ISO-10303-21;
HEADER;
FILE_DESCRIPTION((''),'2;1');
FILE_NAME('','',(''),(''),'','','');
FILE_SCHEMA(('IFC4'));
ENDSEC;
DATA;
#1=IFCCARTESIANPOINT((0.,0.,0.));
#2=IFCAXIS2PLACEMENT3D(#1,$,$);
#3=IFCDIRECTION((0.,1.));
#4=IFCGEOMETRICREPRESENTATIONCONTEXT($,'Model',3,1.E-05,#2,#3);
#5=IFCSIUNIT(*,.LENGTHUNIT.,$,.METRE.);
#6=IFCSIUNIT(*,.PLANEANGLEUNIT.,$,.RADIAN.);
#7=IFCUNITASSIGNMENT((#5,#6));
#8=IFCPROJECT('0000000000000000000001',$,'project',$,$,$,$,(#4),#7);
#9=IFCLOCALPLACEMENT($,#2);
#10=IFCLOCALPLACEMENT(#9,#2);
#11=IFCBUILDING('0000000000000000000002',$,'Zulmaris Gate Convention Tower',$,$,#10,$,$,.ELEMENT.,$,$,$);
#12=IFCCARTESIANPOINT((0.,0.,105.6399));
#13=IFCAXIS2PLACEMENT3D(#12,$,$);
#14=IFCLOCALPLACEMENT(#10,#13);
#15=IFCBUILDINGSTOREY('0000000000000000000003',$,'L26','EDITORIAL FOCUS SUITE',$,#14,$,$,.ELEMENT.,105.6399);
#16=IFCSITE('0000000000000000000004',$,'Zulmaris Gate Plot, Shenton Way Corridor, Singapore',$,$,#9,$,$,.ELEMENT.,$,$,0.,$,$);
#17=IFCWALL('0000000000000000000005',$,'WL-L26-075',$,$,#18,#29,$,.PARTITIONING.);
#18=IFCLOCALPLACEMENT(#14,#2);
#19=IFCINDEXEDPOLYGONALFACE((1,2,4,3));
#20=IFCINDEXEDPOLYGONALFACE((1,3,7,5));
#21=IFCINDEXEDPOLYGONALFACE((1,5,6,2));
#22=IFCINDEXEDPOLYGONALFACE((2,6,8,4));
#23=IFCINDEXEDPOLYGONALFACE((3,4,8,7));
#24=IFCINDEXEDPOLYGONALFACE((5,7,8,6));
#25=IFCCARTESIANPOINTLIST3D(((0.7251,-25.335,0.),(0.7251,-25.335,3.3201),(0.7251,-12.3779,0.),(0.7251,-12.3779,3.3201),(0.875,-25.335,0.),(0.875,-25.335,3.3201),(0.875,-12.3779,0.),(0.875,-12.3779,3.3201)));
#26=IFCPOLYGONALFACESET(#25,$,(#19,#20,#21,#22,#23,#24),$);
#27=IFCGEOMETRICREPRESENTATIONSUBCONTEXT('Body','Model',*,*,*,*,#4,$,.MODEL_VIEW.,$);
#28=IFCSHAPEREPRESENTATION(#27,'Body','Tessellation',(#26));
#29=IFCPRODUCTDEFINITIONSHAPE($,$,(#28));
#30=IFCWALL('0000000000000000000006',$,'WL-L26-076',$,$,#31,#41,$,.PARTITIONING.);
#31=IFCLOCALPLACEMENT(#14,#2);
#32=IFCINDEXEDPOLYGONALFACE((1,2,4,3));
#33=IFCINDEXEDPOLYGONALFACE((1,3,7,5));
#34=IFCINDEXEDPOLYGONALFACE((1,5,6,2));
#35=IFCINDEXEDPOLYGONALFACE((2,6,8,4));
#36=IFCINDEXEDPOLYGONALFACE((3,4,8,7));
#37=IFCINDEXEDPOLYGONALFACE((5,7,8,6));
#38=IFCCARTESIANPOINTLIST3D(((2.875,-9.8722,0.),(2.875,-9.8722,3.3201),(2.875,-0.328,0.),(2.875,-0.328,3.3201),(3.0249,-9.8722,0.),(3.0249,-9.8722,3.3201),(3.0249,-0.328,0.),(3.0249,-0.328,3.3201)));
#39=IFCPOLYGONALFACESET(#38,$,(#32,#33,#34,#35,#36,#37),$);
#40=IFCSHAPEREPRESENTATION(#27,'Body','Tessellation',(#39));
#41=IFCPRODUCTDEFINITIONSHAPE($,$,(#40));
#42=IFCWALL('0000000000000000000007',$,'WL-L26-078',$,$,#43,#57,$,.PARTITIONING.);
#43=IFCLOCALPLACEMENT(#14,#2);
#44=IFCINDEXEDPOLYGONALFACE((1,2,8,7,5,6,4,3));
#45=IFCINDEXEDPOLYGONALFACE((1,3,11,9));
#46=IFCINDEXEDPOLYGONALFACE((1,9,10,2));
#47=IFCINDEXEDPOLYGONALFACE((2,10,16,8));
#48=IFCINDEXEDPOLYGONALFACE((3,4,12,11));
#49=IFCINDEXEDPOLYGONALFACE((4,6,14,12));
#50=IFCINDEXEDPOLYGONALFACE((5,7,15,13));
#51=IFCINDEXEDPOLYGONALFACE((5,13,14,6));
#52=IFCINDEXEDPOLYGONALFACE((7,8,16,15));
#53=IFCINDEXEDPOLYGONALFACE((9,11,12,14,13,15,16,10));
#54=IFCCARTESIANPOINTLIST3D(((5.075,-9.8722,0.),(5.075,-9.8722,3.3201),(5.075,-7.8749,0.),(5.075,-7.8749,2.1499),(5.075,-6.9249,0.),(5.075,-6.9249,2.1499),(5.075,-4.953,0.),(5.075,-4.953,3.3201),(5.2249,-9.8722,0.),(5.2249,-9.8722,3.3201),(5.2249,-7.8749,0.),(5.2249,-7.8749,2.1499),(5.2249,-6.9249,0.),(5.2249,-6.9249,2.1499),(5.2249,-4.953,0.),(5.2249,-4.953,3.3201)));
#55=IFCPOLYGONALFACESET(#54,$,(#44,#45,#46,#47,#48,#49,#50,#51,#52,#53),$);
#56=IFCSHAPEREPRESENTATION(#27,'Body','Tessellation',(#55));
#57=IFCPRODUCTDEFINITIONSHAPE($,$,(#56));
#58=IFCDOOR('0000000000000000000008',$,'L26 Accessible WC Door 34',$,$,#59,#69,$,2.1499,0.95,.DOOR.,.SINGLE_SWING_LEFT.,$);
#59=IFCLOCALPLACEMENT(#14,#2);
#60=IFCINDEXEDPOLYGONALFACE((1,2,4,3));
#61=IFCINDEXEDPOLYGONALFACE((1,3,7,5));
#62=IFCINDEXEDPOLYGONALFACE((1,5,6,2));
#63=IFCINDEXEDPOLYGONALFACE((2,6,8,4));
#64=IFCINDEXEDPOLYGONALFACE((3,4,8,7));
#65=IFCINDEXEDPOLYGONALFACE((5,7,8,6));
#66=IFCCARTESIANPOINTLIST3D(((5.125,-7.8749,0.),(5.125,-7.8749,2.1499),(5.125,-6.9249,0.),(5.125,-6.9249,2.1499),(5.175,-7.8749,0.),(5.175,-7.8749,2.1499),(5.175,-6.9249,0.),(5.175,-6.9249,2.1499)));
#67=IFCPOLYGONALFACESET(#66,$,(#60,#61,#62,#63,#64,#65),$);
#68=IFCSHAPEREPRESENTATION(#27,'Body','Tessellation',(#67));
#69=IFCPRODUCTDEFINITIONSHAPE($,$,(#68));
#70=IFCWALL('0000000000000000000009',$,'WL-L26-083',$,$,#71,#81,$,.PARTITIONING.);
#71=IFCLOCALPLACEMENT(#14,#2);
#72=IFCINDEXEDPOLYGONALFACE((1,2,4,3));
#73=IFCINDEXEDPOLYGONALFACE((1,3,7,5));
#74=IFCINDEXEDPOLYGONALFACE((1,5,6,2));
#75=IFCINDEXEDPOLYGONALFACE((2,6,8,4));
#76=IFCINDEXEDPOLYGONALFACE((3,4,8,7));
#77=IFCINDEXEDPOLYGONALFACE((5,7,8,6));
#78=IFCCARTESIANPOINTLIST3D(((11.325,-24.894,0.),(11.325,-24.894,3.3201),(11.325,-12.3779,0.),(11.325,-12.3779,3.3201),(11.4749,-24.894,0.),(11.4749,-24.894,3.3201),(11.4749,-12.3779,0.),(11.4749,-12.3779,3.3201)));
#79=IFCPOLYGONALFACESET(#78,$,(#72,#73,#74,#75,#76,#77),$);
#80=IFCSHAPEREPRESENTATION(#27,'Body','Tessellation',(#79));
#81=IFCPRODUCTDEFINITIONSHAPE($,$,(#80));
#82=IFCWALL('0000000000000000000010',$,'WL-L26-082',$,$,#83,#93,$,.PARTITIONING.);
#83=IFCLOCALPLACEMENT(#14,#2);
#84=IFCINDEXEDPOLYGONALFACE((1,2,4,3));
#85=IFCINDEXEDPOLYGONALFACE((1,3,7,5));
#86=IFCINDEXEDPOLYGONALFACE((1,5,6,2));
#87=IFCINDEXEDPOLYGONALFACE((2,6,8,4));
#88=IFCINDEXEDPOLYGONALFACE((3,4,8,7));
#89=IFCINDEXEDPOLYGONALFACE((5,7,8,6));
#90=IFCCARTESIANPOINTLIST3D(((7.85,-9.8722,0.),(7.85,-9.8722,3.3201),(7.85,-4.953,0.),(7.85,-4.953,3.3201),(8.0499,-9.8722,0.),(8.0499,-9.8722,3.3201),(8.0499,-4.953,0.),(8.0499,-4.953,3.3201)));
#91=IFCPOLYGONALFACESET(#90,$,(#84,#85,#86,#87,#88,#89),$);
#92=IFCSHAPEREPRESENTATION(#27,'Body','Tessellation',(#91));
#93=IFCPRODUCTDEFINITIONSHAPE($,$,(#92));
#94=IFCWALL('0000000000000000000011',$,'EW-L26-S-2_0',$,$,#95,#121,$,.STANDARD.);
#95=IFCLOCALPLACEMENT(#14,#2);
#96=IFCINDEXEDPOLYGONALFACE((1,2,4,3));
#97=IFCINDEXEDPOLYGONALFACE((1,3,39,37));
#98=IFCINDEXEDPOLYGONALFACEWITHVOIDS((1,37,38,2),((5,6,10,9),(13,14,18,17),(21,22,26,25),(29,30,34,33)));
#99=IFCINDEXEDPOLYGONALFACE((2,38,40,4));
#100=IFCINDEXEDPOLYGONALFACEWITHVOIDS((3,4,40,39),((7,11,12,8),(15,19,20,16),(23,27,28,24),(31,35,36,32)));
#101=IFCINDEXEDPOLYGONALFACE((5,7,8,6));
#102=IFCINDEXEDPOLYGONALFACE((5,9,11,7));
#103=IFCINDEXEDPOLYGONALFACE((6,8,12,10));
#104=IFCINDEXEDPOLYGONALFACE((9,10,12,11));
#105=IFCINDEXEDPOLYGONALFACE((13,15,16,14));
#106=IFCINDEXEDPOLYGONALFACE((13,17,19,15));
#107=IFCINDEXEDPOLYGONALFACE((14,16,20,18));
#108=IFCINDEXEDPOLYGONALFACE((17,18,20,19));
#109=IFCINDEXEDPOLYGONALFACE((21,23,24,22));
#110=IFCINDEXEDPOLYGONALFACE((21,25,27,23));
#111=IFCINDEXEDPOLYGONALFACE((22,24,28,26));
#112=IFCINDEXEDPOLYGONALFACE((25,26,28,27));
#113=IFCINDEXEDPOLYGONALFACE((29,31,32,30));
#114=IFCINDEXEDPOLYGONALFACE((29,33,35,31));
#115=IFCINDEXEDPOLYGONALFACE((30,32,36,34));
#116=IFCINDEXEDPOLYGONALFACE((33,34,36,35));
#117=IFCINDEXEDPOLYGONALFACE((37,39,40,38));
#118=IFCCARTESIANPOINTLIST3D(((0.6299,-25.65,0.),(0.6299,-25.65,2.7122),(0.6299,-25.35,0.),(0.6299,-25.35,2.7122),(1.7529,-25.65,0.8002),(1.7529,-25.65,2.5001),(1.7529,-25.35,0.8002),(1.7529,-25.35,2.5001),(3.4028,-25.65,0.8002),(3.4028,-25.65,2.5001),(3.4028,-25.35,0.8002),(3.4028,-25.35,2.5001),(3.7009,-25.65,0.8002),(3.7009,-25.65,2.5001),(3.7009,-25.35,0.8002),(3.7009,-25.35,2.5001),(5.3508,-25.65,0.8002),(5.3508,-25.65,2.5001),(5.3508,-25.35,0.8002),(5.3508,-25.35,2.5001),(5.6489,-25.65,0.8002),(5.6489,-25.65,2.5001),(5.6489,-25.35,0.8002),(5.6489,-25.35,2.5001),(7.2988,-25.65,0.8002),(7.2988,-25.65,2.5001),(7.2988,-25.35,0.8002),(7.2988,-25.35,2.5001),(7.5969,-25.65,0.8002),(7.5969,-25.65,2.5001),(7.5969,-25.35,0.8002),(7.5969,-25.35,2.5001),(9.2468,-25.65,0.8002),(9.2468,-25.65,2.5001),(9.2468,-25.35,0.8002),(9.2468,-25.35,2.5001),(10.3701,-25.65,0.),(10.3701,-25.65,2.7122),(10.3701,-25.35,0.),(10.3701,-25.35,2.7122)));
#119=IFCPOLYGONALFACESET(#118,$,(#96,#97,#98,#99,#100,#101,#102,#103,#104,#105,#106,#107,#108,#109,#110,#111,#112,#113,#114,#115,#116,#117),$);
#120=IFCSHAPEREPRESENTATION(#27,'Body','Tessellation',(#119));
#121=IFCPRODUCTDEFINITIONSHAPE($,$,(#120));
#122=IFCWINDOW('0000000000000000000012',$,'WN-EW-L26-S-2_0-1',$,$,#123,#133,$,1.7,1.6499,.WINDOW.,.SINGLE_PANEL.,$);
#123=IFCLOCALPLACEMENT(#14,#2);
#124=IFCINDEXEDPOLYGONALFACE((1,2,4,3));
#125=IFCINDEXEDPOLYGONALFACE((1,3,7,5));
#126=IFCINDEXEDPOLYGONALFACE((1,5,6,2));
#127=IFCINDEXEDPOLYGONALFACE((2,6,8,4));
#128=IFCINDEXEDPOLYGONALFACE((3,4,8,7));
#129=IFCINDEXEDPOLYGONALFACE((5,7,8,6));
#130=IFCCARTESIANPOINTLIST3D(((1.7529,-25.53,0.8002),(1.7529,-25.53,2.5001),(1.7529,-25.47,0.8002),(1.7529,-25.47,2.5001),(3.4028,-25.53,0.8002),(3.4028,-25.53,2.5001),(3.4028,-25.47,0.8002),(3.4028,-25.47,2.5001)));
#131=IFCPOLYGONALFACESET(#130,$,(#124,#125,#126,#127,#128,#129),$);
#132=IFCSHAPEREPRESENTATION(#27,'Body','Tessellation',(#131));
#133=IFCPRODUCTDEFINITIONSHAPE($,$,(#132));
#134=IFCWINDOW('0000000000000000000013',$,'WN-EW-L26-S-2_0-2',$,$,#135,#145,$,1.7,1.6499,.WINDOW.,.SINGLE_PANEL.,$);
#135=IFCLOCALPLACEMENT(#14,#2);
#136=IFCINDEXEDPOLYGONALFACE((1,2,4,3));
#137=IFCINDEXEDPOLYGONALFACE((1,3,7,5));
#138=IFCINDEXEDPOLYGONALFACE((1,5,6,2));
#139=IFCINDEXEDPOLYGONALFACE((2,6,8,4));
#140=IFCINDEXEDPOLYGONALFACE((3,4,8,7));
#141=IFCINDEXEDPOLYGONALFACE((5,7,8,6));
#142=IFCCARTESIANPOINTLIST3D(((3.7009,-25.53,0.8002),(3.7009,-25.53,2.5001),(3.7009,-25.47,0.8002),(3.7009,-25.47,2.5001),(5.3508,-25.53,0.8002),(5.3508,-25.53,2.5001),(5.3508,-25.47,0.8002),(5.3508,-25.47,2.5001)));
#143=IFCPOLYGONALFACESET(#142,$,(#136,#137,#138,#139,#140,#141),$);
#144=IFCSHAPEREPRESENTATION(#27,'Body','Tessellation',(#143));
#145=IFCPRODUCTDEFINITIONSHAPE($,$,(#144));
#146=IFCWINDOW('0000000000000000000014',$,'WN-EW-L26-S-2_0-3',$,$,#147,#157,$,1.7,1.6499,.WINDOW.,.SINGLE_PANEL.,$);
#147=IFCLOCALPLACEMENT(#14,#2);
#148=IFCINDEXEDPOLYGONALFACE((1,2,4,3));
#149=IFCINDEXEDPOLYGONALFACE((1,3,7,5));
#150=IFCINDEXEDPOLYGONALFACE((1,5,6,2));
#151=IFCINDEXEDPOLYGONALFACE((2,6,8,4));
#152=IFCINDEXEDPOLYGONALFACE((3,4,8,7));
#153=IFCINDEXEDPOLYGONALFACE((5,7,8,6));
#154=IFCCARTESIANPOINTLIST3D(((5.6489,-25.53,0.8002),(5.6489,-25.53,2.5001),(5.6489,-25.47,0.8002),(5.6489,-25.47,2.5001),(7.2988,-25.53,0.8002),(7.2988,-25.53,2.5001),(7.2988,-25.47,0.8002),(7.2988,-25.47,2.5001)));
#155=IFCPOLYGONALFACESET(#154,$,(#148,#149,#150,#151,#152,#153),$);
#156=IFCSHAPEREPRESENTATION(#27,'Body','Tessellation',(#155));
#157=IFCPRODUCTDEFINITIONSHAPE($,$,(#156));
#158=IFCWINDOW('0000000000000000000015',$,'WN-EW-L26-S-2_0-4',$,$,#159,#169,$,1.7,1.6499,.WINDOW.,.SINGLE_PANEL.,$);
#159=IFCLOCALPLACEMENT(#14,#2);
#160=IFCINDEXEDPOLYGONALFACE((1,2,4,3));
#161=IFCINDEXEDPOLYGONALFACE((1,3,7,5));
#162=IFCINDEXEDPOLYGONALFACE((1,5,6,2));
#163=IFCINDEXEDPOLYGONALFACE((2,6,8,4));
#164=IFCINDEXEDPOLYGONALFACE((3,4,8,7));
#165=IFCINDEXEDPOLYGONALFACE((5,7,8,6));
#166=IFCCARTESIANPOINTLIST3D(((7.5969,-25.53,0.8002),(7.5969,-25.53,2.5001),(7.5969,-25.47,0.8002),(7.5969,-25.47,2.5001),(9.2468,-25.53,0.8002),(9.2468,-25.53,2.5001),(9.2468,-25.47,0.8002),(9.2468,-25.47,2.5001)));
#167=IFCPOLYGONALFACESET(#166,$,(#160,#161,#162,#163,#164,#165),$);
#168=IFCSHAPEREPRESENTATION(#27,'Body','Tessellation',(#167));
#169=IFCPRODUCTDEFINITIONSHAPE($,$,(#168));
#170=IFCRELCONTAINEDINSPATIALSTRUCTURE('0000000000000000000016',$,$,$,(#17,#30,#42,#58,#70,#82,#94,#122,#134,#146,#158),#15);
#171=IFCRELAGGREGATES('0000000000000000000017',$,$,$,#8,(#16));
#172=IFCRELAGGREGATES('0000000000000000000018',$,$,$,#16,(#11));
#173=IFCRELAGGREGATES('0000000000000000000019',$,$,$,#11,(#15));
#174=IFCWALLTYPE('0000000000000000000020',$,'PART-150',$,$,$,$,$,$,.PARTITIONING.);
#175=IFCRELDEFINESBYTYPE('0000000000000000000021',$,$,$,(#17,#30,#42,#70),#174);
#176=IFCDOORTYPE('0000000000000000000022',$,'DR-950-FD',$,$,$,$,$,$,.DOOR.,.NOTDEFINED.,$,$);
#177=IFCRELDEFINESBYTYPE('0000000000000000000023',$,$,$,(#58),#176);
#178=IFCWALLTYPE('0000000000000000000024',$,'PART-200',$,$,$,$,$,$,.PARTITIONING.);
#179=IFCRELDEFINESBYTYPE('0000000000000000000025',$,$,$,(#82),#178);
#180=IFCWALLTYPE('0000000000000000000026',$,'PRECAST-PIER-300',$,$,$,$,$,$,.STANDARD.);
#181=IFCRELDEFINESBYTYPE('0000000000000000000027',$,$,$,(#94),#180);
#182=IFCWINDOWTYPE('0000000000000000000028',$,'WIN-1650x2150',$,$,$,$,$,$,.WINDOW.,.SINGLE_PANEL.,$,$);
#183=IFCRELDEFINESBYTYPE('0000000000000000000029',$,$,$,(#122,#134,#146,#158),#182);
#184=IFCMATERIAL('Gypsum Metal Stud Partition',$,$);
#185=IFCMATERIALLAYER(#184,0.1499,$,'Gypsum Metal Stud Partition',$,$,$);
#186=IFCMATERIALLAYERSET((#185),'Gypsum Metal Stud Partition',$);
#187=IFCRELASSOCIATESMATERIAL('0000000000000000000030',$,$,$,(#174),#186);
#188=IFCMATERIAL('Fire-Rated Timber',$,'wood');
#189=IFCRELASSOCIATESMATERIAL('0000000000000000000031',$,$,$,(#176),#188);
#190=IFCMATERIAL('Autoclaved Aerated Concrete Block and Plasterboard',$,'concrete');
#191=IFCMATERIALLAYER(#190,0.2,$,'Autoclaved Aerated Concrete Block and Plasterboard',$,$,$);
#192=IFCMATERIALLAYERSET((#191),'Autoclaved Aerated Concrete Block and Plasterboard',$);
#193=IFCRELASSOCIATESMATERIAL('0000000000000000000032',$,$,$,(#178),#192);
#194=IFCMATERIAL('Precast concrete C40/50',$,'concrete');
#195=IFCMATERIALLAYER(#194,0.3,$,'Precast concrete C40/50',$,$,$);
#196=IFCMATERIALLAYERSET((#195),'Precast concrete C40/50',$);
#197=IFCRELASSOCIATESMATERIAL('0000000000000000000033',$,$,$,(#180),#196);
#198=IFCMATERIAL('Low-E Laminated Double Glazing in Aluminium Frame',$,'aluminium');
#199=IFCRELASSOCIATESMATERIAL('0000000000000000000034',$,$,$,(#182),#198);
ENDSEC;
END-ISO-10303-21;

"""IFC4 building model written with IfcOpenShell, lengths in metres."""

from ifc_helpers import new_model, si_unit, direction, frame, frame_2d, origin, place, context, subcontext, project, spatial, rectangle, extrude, material, layer, layer_set, type_object, element, fill, save


model = new_model("IFC4")

# Units and contexts
model_context = context("Model", 3, precision=1e-05, world=origin(), true_north=direction((0.0, 1.0)))
body_context = subcontext(model_context, "Body", "Model", "MODEL_VIEW")
ifc_project = project(units=[si_unit("LENGTHUNIT", "METRE"), si_unit("PLANEANGLEUNIT", "RADIAN")], contexts=[model_context])

# Site, building, storey
site_placement = place(None, origin())
site = spatial("IfcSite", under=ifc_project, at=site_placement, Name="Zulmaris Gate Plot, Shenton Way Corridor, Singapore", CompositionType="ELEMENT", RefElevation=0.0)
building_placement = place(site_placement, origin())
building = spatial("IfcBuilding", under=site, at=building_placement, Name="Zulmaris Gate Convention Tower", CompositionType="ELEMENT")
storey_placement = place(building_placement, frame((0.0, 0.0, 105.6399)))
storey = spatial("IfcBuildingStorey", under=building, at=storey_placement, Name="L26", Description="EDITORIAL FOCUS SUITE", CompositionType="ELEMENT", Elevation=105.6399)

# Walls
ifc_material_1 = material(Name="Gypsum Metal Stud Partition")
ifc_layer_1 = layer(ifc_material_1, 0.1499, Name="Gypsum Metal Stud Partition")
ifc_layer_set_1 = layer_set([ifc_layer_1], Name="Gypsum Metal Stud Partition")
wall_type_1 = type_object("IfcWallType", Name="PART-150", PredefinedType="PARTITIONING", material=ifc_layer_set_1)
wall_1_placement = place(storey_placement, frame((0.8, -25.335, 0.0), z_axis=(0.0, 0.0, 1.0), x_axis=(0.0, 1.0, 0.0)))
element("IfcWall", 1, at=wall_1_placement, inside=storey, type_object=wall_type_1, Name="WL-L26-075", PredefinedType="PARTITIONING", context=body_context, shape_type="SweptSolid", body=[
    extrude(rectangle(XDim=12.957, YDim=0.1499, at=frame_2d((6.4785, 0.0))), origin(), (0.0, 0.0, 1.0), 3.3201),
])
wall_2_placement = place(storey_placement, frame((2.95, -9.8721, 0.0), z_axis=(0.0, 0.0, 1.0), x_axis=(0.0, 1.0, 0.0)))
element("IfcWall", 2, at=wall_2_placement, inside=storey, type_object=wall_type_1, Name="WL-L26-076", PredefinedType="PARTITIONING", context=body_context, shape_type="SweptSolid", body=[
    extrude(rectangle(XDim=9.5442, YDim=0.1499, at=frame_2d((4.772, 0.0))), origin(), (0.0, 0.0, 1.0), 3.3201),
])

# Wall, opening, door
wall_3_placement = place(storey_placement, frame((5.1499, -9.8721, 0.0), z_axis=(0.0, 0.0, 1.0), x_axis=(0.0, 1.0, 0.0)))
wall_3 = element("IfcWall", 3, at=wall_3_placement, inside=storey, type_object=wall_type_1, Name="WL-L26-078", PredefinedType="PARTITIONING", context=body_context, shape_type="SweptSolid", body=[
    extrude(rectangle(XDim=4.9192, YDim=0.1499, at=frame_2d((2.4595, 0.0))), origin(), (0.0, 0.0, 1.0), 3.3201),
])
opening_1_placement = place(wall_3_placement, frame((1.9971, 0.0, 0.0)))
opening_1 = element("IfcOpeningElement", 4, at=opening_1_placement, cuts=wall_3, PredefinedType="OPENING", context=body_context, shape_type="SweptSolid", body=[
    extrude(rectangle(XDim=0.95, YDim=2.1499, at=frame_2d((0.4751, 1.075))), frame((0.0, 0.085, 0.0), z_axis=(0.0, -1.0, 0.0), x_axis=(1.0, 0.0, 0.0)), (0.0, 0.0, 1.0), 0.1699),
])
ifc_material_2 = material(Name="Fire-Rated Timber", Category="wood")
door_type = type_object("IfcDoorType", Name="DR-950-FD", OperationType="NOTDEFINED", PredefinedType="DOOR", material=ifc_material_2)
door_placement = place(opening_1_placement, origin())
door = element("IfcDoor", 5, at=door_placement, inside=storey, type_object=door_type, Name="L26 Accessible WC Door 34", OperationType="SINGLE_SWING_LEFT", OverallHeight=2.1499, OverallWidth=0.95, PredefinedType="DOOR", context=body_context, shape_type="SweptSolid", body=[
    extrude(rectangle(XDim=0.95, YDim=2.1499, at=frame_2d((0.4751, 1.075))), frame((0.0, 0.0249, 0.0), z_axis=(0.0, -1.0, 0.0), x_axis=(1.0, 0.0, 0.0)), (0.0, 0.0, 1.0), 0.05),
])
fill(opening_1, door)

# Walls
wall_4_placement = place(storey_placement, frame((11.3999, -24.894, 0.0), z_axis=(0.0, 0.0, 1.0), x_axis=(0.0, 1.0, 0.0)))
element("IfcWall", 6, at=wall_4_placement, inside=storey, type_object=wall_type_1, Name="WL-L26-083", PredefinedType="PARTITIONING", context=body_context, shape_type="SweptSolid", body=[
    extrude(rectangle(XDim=12.5161, YDim=0.1499, at=frame_2d((6.2581, 0.0))), origin(), (0.0, 0.0, 1.0), 3.3201),
])
ifc_material_3 = material(Name="Autoclaved Aerated Concrete Block and Plasterboard", Category="concrete")
ifc_layer_2 = layer(ifc_material_3, 0.2, Name="Autoclaved Aerated Concrete Block and Plasterboard")
ifc_layer_set_2 = layer_set([ifc_layer_2], Name="Autoclaved Aerated Concrete Block and Plasterboard")
wall_type_2 = type_object("IfcWallType", Name="PART-200", PredefinedType="PARTITIONING", material=ifc_layer_set_2)
wall_5_placement = place(storey_placement, frame((7.95, -9.8721, 0.0), z_axis=(0.0, 0.0, 1.0), x_axis=(0.0, 1.0, 0.0)))
element("IfcWall", 7, at=wall_5_placement, inside=storey, type_object=wall_type_2, Name="WL-L26-082", PredefinedType="PARTITIONING", context=body_context, shape_type="SweptSolid", body=[
    extrude(rectangle(XDim=4.9192, YDim=0.2, at=frame_2d((2.4595, 0.0))), origin(), (0.0, 0.0, 1.0), 3.3201),
])

# Wall, openings, windows
ifc_material_4 = material(Name="Precast concrete C40/50", Category="concrete")
ifc_layer_3 = layer(ifc_material_4, 0.3, Name="Precast concrete C40/50")
ifc_layer_set_3 = layer_set([ifc_layer_3], Name="Precast concrete C40/50")
wall_type_3 = type_object("IfcWallType", Name="PRECAST-PIER-300", PredefinedType="STANDARD", material=ifc_layer_set_3)
wall_6_placement = place(storey_placement, frame((0.6299, -25.5, 0.0), z_axis=(0.0, 0.0, 1.0), x_axis=(1.0, 0.0, 0.0)))
wall_6 = element("IfcWall", 8, at=wall_6_placement, inside=storey, type_object=wall_type_3, Name="EW-L26-S-2_0", PredefinedType="STANDARD", context=body_context, shape_type="SweptSolid", body=[
    extrude(rectangle(XDim=9.7402, YDim=0.3, at=frame_2d((4.8701, 0.0))), origin(), (0.0, 0.0, 1.0), 2.7122),
])
opening_2_placement = place(wall_6_placement, frame((1.123, 0.0, 0.8)))
opening_2 = element("IfcOpeningElement", 9, at=opening_2_placement, cuts=wall_6, PredefinedType="OPENING", context=body_context, shape_type="SweptSolid", body=[
    extrude(rectangle(XDim=1.6499, YDim=1.7, at=frame_2d((0.825, 0.8501))), frame((0.0, 0.1602, 0.0), z_axis=(0.0, -1.0, 0.0), x_axis=(1.0, 0.0, 0.0)), (0.0, 0.0, 1.0), 0.3201),
])
opening_3_placement = place(wall_6_placement, frame((3.071, 0.0, 0.8)))
opening_3 = element("IfcOpeningElement", 10, at=opening_3_placement, cuts=wall_6, PredefinedType="OPENING", context=body_context, shape_type="SweptSolid", body=[
    extrude(rectangle(XDim=1.6499, YDim=1.7, at=frame_2d((0.825, 0.8501))), frame((0.0, 0.1602, 0.0), z_axis=(0.0, -1.0, 0.0), x_axis=(1.0, 0.0, 0.0)), (0.0, 0.0, 1.0), 0.3201),
])
opening_4_placement = place(wall_6_placement, frame((5.019, 0.0, 0.8)))
opening_4 = element("IfcOpeningElement", 11, at=opening_4_placement, cuts=wall_6, PredefinedType="OPENING", context=body_context, shape_type="SweptSolid", body=[
    extrude(rectangle(XDim=1.6499, YDim=1.7, at=frame_2d((0.825, 0.8501))), frame((0.0, 0.1602, 0.0), z_axis=(0.0, -1.0, 0.0), x_axis=(1.0, 0.0, 0.0)), (0.0, 0.0, 1.0), 0.3201),
])
opening_5_placement = place(wall_6_placement, frame((6.967, 0.0, 0.8)))
opening_5 = element("IfcOpeningElement", 12, at=opening_5_placement, cuts=wall_6, PredefinedType="OPENING", context=body_context, shape_type="SweptSolid", body=[
    extrude(rectangle(XDim=1.6499, YDim=1.7, at=frame_2d((0.825, 0.8501))), frame((0.0, 0.1602, 0.0), z_axis=(0.0, -1.0, 0.0), x_axis=(1.0, 0.0, 0.0)), (0.0, 0.0, 1.0), 0.3201),
])
ifc_material_5 = material(Name="Low-E Laminated Double Glazing in Aluminium Frame", Category="aluminium")
window_type = type_object("IfcWindowType", Name="WIN-1650x2150", PartitioningType="SINGLE_PANEL", PredefinedType="WINDOW", material=ifc_material_5)
window_1_placement = place(opening_2_placement, origin())
window_1 = element("IfcWindow", 13, at=window_1_placement, inside=storey, type_object=window_type, Name="WN-EW-L26-S-2_0-1", OverallHeight=1.7, OverallWidth=1.6499, PartitioningType="SINGLE_PANEL", PredefinedType="WINDOW", context=body_context, shape_type="SweptSolid", body=[
    extrude(rectangle(XDim=1.6499, YDim=1.7, at=frame_2d((0.825, 0.8501))), frame((0.0, 0.03, 0.0), z_axis=(0.0, -1.0, 0.0), x_axis=(1.0, 0.0, 0.0)), (0.0, 0.0, 1.0), 0.0601),
])
fill(opening_2, window_1)
window_2_placement = place(opening_3_placement, origin())
window_2 = element("IfcWindow", 14, at=window_2_placement, inside=storey, type_object=window_type, Name="WN-EW-L26-S-2_0-2", OverallHeight=1.7, OverallWidth=1.6499, PartitioningType="SINGLE_PANEL", PredefinedType="WINDOW", context=body_context, shape_type="SweptSolid", body=[
    extrude(rectangle(XDim=1.6499, YDim=1.7, at=frame_2d((0.825, 0.8501))), frame((0.0, 0.03, 0.0), z_axis=(0.0, -1.0, 0.0), x_axis=(1.0, 0.0, 0.0)), (0.0, 0.0, 1.0), 0.0601),
])
fill(opening_3, window_2)
window_3_placement = place(opening_4_placement, origin())
window_3 = element("IfcWindow", 15, at=window_3_placement, inside=storey, type_object=window_type, Name="WN-EW-L26-S-2_0-3", OverallHeight=1.7, OverallWidth=1.6499, PartitioningType="SINGLE_PANEL", PredefinedType="WINDOW", context=body_context, shape_type="SweptSolid", body=[
    extrude(rectangle(XDim=1.6499, YDim=1.7, at=frame_2d((0.825, 0.8501))), frame((0.0, 0.03, 0.0), z_axis=(0.0, -1.0, 0.0), x_axis=(1.0, 0.0, 0.0)), (0.0, 0.0, 1.0), 0.0601),
])
fill(opening_4, window_3)
window_4_placement = place(opening_5_placement, origin())
window_4 = element("IfcWindow", 16, at=window_4_placement, inside=storey, type_object=window_type, Name="WN-EW-L26-S-2_0-4", OverallHeight=1.7, OverallWidth=1.6499, PartitioningType="SINGLE_PANEL", PredefinedType="WINDOW", context=body_context, shape_type="SweptSolid", body=[
    extrude(rectangle(XDim=1.6499, YDim=1.7, at=frame_2d((0.825, 0.8501))), frame((0.0, 0.03, 0.0), z_axis=(0.0, -1.0, 0.0), x_axis=(1.0, 0.0, 0.0)), (0.0, 0.0, 1.0), 0.0601),
])
fill(opening_5, window_4)

save(model, "model.ifc")
